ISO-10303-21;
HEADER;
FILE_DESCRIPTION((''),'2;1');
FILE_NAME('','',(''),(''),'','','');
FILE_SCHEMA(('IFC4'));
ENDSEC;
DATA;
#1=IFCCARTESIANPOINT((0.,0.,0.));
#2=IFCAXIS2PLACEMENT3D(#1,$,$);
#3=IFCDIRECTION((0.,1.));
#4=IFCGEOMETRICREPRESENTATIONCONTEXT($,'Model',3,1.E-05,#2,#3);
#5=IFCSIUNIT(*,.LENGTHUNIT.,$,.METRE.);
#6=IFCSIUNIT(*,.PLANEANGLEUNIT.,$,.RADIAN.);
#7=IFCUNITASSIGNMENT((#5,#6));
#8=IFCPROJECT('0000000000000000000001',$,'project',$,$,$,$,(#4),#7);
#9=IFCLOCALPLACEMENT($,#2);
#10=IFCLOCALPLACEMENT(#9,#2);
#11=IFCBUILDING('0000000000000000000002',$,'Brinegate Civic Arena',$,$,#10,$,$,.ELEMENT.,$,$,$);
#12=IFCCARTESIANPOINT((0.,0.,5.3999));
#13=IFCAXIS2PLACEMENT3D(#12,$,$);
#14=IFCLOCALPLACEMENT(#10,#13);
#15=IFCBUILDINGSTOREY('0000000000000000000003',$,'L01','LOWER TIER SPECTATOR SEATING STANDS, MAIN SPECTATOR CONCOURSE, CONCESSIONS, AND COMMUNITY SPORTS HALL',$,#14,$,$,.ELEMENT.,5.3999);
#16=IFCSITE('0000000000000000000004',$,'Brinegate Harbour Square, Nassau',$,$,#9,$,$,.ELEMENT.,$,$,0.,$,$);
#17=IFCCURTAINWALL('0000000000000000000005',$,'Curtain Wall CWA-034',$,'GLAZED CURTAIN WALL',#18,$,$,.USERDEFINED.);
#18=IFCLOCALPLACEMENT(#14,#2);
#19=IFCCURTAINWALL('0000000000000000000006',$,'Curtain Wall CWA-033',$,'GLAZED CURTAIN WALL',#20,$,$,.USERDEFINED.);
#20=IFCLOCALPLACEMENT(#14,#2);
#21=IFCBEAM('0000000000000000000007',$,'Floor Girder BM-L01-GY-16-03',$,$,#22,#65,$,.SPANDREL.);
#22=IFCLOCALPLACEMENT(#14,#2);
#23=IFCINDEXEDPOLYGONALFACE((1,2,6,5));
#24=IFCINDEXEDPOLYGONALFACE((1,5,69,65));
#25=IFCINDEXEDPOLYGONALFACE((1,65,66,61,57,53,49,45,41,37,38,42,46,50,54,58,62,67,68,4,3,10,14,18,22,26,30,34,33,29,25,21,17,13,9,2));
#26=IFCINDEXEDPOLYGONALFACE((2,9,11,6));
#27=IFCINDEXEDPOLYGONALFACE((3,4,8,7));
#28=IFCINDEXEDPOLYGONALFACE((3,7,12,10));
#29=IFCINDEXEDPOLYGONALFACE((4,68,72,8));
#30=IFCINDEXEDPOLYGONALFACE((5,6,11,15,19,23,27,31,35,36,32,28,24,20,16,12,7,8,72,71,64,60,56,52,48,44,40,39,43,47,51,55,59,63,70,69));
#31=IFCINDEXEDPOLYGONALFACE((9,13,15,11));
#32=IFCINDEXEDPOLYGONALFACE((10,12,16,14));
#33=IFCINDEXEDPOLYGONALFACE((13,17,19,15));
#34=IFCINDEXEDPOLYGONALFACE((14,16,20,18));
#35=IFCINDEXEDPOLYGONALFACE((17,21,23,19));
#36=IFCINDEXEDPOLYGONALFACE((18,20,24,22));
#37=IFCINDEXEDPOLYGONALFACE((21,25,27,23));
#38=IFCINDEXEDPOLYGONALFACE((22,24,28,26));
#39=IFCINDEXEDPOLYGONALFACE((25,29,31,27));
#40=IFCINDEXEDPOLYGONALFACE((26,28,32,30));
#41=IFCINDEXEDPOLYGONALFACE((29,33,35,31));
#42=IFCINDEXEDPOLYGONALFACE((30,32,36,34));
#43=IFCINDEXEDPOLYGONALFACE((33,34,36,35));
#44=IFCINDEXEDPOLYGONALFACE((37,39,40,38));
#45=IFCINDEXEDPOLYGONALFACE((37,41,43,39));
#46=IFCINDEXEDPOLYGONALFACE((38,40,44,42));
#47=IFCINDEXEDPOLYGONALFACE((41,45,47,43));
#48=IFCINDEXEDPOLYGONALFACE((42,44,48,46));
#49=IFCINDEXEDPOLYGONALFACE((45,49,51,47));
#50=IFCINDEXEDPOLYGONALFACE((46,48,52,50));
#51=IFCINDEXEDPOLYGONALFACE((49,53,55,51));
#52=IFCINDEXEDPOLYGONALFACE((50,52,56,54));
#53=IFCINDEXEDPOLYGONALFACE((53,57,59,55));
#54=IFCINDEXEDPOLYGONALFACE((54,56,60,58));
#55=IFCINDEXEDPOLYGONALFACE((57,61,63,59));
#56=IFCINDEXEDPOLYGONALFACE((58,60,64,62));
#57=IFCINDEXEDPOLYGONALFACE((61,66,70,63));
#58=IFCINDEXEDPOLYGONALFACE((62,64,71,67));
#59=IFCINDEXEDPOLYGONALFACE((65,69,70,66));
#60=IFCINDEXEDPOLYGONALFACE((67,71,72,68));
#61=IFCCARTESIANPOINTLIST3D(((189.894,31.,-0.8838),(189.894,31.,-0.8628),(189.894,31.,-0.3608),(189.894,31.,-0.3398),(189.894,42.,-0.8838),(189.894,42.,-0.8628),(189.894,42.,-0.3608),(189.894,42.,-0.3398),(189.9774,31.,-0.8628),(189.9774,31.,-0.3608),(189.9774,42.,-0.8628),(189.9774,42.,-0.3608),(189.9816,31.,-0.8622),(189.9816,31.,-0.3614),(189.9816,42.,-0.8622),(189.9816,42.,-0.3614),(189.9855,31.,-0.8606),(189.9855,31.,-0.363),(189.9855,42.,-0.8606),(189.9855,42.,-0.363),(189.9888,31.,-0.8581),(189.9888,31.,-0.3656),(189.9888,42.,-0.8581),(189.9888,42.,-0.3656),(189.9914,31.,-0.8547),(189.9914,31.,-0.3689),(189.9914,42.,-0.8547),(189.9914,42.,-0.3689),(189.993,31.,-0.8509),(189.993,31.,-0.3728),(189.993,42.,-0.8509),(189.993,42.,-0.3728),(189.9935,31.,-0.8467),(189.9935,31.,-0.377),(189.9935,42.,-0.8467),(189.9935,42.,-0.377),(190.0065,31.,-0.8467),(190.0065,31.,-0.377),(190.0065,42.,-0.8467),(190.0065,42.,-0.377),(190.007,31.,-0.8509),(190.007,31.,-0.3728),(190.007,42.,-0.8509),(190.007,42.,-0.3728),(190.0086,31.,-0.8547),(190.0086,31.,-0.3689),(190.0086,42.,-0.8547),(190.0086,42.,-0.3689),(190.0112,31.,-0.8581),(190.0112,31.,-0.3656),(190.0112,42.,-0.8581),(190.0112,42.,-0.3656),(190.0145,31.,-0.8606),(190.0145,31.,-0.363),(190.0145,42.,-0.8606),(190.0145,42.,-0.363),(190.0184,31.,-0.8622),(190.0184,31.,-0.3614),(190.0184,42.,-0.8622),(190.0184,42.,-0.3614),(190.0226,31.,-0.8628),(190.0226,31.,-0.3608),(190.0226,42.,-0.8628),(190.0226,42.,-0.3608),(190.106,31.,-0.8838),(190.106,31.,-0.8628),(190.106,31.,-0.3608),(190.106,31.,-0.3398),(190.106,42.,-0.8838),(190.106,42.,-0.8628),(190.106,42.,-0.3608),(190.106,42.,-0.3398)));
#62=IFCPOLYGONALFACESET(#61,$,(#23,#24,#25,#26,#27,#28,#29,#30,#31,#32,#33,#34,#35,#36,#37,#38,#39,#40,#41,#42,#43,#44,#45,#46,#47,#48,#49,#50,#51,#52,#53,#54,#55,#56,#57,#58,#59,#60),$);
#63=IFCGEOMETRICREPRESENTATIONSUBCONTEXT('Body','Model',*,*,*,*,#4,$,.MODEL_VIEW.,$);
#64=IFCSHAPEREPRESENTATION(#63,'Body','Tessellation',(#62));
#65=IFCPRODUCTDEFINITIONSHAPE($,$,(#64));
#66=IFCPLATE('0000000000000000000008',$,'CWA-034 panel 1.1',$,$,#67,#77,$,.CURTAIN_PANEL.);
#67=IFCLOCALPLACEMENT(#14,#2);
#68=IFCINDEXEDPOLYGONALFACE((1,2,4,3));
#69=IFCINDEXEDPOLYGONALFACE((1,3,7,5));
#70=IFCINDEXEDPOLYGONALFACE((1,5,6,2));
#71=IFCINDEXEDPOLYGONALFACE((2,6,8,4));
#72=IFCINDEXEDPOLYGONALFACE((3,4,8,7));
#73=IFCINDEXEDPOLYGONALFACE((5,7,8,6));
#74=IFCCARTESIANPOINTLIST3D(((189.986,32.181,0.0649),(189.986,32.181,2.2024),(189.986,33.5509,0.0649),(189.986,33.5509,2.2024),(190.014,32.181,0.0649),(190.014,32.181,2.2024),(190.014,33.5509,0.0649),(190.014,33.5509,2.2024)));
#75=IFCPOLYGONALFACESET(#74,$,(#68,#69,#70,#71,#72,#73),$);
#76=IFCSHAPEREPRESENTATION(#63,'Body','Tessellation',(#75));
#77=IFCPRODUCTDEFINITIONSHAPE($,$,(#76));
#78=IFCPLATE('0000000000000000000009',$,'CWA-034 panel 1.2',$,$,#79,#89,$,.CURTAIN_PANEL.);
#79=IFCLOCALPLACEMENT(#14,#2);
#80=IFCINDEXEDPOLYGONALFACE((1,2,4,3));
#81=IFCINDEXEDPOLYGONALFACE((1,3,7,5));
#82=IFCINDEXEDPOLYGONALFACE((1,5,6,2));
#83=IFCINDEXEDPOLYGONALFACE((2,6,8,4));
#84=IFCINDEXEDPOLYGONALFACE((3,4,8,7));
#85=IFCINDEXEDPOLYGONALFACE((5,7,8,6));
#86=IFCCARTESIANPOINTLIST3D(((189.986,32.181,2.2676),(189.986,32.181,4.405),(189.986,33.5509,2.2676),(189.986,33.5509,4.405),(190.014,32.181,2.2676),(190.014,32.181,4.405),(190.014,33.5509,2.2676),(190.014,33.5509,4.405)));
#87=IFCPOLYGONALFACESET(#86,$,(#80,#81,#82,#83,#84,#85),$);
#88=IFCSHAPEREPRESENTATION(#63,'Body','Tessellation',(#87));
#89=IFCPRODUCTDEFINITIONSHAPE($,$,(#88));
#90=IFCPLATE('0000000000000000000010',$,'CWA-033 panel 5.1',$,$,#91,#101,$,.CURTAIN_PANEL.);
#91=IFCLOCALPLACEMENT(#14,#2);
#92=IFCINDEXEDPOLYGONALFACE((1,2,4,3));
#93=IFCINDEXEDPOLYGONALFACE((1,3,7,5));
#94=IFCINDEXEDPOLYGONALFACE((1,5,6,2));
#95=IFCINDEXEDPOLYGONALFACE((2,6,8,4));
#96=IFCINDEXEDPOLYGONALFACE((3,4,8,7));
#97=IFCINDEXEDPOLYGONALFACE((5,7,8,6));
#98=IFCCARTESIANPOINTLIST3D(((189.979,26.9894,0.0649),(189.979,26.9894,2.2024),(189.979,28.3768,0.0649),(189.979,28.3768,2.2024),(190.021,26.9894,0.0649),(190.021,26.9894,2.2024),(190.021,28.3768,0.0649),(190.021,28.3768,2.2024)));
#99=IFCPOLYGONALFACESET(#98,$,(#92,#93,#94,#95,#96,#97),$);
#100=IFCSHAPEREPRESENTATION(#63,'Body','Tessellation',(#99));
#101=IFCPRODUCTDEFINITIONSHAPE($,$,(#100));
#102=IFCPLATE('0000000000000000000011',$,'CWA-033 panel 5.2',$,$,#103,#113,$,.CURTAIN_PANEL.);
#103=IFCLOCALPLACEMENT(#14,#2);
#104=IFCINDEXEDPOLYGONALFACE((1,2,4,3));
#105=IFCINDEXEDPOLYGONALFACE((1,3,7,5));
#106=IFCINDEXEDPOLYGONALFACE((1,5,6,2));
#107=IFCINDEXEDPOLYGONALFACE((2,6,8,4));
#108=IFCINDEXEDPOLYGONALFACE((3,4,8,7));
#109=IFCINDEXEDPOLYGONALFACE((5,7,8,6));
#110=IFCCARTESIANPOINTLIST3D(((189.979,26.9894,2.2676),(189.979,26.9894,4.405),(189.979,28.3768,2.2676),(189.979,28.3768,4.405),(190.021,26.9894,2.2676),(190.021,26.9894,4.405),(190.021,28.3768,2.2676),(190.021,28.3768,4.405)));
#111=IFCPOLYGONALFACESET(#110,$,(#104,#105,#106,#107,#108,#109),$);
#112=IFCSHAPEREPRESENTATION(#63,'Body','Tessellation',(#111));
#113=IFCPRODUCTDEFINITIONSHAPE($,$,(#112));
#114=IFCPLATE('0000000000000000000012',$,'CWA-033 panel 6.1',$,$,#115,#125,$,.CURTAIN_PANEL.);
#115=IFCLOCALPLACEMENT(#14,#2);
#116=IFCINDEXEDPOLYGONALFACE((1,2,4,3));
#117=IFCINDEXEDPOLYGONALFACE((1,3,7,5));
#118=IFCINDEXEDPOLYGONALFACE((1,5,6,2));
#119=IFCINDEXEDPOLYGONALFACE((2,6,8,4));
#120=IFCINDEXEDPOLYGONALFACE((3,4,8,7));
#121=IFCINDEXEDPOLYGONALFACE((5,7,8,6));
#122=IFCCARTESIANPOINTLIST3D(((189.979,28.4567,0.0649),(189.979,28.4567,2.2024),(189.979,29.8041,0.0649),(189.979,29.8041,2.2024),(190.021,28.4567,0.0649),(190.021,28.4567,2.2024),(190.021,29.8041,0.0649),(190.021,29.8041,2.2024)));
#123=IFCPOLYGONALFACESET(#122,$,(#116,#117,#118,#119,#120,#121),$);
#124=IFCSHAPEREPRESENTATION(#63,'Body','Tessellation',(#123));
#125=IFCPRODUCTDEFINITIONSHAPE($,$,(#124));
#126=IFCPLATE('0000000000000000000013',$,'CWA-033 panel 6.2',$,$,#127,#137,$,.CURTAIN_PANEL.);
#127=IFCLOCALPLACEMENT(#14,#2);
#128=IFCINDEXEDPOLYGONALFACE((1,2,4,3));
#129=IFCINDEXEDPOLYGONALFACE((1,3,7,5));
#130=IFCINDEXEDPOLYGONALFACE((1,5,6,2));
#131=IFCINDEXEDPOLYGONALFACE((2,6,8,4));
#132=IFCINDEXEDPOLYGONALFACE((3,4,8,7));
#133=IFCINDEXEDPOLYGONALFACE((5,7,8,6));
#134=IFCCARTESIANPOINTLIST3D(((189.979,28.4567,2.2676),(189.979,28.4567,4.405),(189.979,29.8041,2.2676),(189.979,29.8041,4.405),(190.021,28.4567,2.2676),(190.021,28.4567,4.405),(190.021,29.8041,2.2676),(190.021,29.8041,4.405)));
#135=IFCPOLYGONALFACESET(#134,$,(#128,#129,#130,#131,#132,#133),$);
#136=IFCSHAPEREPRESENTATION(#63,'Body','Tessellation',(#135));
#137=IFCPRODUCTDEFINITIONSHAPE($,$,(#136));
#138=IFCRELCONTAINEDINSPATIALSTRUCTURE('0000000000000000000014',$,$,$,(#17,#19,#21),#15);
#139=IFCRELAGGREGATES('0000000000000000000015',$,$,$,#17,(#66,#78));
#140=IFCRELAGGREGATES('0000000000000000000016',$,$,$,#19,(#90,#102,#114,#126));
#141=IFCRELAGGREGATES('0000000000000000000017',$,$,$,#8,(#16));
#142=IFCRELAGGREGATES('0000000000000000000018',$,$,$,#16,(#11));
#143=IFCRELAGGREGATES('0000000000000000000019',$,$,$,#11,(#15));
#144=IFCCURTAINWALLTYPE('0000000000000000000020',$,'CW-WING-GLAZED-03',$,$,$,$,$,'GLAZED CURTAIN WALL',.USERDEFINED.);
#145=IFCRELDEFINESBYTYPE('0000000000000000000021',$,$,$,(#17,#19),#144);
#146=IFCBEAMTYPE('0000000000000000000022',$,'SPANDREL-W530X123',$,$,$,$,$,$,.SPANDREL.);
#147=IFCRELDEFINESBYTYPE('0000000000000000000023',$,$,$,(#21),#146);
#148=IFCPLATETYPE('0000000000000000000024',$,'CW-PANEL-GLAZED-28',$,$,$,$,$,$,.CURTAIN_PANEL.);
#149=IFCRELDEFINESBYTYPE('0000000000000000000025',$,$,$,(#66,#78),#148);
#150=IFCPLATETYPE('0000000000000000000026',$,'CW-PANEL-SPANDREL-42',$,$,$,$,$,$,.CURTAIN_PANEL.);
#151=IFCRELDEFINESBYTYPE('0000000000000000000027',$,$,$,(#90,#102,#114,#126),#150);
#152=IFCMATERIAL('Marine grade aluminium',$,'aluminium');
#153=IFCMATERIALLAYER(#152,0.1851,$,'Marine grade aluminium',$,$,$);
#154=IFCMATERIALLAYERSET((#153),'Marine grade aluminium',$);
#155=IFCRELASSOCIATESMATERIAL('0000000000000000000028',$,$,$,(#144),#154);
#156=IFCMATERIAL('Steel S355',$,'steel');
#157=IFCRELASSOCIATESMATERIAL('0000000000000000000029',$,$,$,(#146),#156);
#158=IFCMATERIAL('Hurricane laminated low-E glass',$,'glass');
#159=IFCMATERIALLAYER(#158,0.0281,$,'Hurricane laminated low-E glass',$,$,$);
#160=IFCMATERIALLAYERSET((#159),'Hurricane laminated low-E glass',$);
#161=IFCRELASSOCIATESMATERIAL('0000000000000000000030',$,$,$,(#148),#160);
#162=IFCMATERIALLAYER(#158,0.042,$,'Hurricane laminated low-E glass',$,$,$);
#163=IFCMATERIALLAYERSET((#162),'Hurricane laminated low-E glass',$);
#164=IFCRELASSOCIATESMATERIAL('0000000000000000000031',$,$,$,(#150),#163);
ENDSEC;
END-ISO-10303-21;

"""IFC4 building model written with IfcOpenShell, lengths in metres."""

from ifc_helpers import new_model, si_unit, direction, frame, origin, origin_2d, place, context, subcontext, project, spatial, rectangle, i_section, extrude, material, layer, layer_set, material_profile, profile_set, type_object, element, aggregate, save


model = new_model("IFC4")

# Units and contexts
model_context = context("Model", 3, precision=1e-05, world=origin(), true_north=direction((0.0, 1.0)))
body_context = subcontext(model_context, "Body", "Model", "MODEL_VIEW")
ifc_project = project(units=[si_unit("LENGTHUNIT", "METRE"), si_unit("PLANEANGLEUNIT", "RADIAN")], contexts=[model_context])

# Site, building, storey
site_placement = place(None, origin())
site = spatial("IfcSite", under=ifc_project, at=site_placement, Name="Brinegate Harbour Square, Nassau", CompositionType="ELEMENT", RefElevation=0.0)
building_placement = place(site_placement, origin())
building = spatial("IfcBuilding", under=site, at=building_placement, Name="Brinegate Civic Arena", CompositionType="ELEMENT")
storey_placement = place(building_placement, frame((0.0, 0.0, 5.3999)))
storey = spatial("IfcBuildingStorey", under=building, at=storey_placement, Name="L01", Description="LOWER TIER SPECTATOR SEATING STANDS, MAIN SPECTATOR CONCOURSE, CONCESSIONS, AND COMMUNITY SPORTS HALL", CompositionType="ELEMENT", Elevation=5.3999)

# Shared definitions
ifc_material_1 = material(Name="Steel S355", Category="steel")

# Curtain wall
ifc_material_2 = material(Name="Marine grade aluminium", Category="aluminium")
ifc_layer_1 = layer(ifc_material_2, 0.1851, Name="Marine grade aluminium")
ifc_layer_set_1 = layer_set([ifc_layer_1], Name="Marine grade aluminium")
curtain_wall_type = type_object("IfcCurtainWallType", Name="CW-WING-GLAZED-03", ElementType="GLAZED CURTAIN WALL", PredefinedType="USERDEFINED", material=ifc_layer_set_1)
curtain_wall_1_placement = place(storey_placement, origin())
curtain_wall_1 = element("IfcCurtainWall", 1, at=curtain_wall_1_placement, inside=storey, type_object=curtain_wall_type, Name="Curtain Wall CWA-034", ObjectType="GLAZED CURTAIN WALL", PredefinedType="USERDEFINED")

# Curtain wall
curtain_wall_2_placement = place(storey_placement, origin())
curtain_wall_2 = element("IfcCurtainWall", 2, at=curtain_wall_2_placement, inside=storey, type_object=curtain_wall_type, Name="Curtain Wall CWA-033", ObjectType="GLAZED CURTAIN WALL", PredefinedType="USERDEFINED")

# Beam
ifc_material_profile_1 = material_profile(ifc_material_1, i_section(OverallWidth=0.2119, OverallDepth=0.5439, WebThickness=0.0129, FlangeThickness=0.021, FilletRadius=0.0161, at=origin_2d()), Name="W530X123")
ifc_profile_set_1 = profile_set([ifc_material_profile_1], Name="Steel S355")
beam_type_1 = type_object("IfcBeamType", Name="SPANDREL-W530X123", PredefinedType="SPANDREL", material=ifc_profile_set_1)
beam_1_placement = place(storey_placement, frame((190.0, 31.0, -0.6118), z_axis=(0.0, 1.0, 0.0), x_axis=(-1.0, 0.0, 0.0)))
element("IfcBeam", 3, at=beam_1_placement, inside=storey, type_object=beam_type_1, Name="Floor Girder BM-L01-GY-16-03", PredefinedType="SPANDREL", context=body_context, shape_type="SweptSolid", body=[
    extrude(i_section(OverallWidth=0.2119, OverallDepth=0.5439, WebThickness=0.0129, FlangeThickness=0.021, FilletRadius=0.0161, at=origin_2d()), origin(), (0.0, 0.0, 1.0), 11.0),
])

# Plates
ifc_material_3 = material(Name="Hurricane laminated low-E glass", Category="glass")
ifc_layer_2 = layer(ifc_material_3, 0.0281, Name="Hurricane laminated low-E glass")
ifc_layer_set_2 = layer_set([ifc_layer_2], Name="Hurricane laminated low-E glass")
plate_type_1 = type_object("IfcPlateType", Name="CW-PANEL-GLAZED-28", PredefinedType="CURTAIN_PANEL", material=ifc_layer_set_2)
plate_1_placement = place(storey_placement, frame((190.0, 32.866, 0.0649), z_axis=(0.0, 0.0, 1.0), x_axis=(0.0, 1.0, 0.0)))
plate_1 = element("IfcPlate", 4, at=plate_1_placement, type_object=plate_type_1, Name="CWA-034 panel 1.1", PredefinedType="CURTAIN_PANEL", context=body_context, shape_type="SweptSolid", body=[
    extrude(rectangle(XDim=1.3699, YDim=0.0281, at=origin_2d()), origin(), (0.0, 0.0, 1.0), 2.1375),
])
plate_2_placement = place(storey_placement, frame((190.0, 32.866, 2.2676), z_axis=(0.0, 0.0, 1.0), x_axis=(0.0, 1.0, 0.0)))
plate_2 = element("IfcPlate", 5, at=plate_2_placement, type_object=plate_type_1, Name="CWA-034 panel 1.2", PredefinedType="CURTAIN_PANEL", context=body_context, shape_type="SweptSolid", body=[
    extrude(rectangle(XDim=1.3699, YDim=0.0281, at=origin_2d()), origin(), (0.0, 0.0, 1.0), 2.1375),
])
aggregate(curtain_wall_1, [plate_1, plate_2])
ifc_layer_3 = layer(ifc_material_3, 0.042, Name="Hurricane laminated low-E glass")
ifc_layer_set_3 = layer_set([ifc_layer_3], Name="Hurricane laminated low-E glass")
plate_type_2 = type_object("IfcPlateType", Name="CW-PANEL-SPANDREL-42", PredefinedType="CURTAIN_PANEL", material=ifc_layer_set_3)
plate_3_placement = place(storey_placement, frame((190.0, 27.6831, 0.0649), z_axis=(0.0, 0.0, 1.0), x_axis=(0.0, 1.0, 0.0)))
plate_3 = element("IfcPlate", 6, at=plate_3_placement, type_object=plate_type_2, Name="CWA-033 panel 5.1", PredefinedType="CURTAIN_PANEL", context=body_context, shape_type="SweptSolid", body=[
    extrude(rectangle(XDim=1.3875, YDim=0.042, at=origin_2d()), origin(), (0.0, 0.0, 1.0), 2.1375),
])
plate_4_placement = place(storey_placement, frame((190.0, 27.6831, 2.2676), z_axis=(0.0, 0.0, 1.0), x_axis=(0.0, 1.0, 0.0)))
plate_4 = element("IfcPlate", 7, at=plate_4_placement, type_object=plate_type_2, Name="CWA-033 panel 5.2", PredefinedType="CURTAIN_PANEL", context=body_context, shape_type="SweptSolid", body=[
    extrude(rectangle(XDim=1.3875, YDim=0.042, at=origin_2d()), origin(), (0.0, 0.0, 1.0), 2.1375),
])
plate_5_placement = place(storey_placement, frame((190.0, 29.1304, 0.0649), z_axis=(0.0, 0.0, 1.0), x_axis=(0.0, 1.0, 0.0)))
plate_5 = element("IfcPlate", 8, at=plate_5_placement, type_object=plate_type_2, Name="CWA-033 panel 6.1", PredefinedType="CURTAIN_PANEL", context=body_context, shape_type="SweptSolid", body=[
    extrude(rectangle(XDim=1.3474, YDim=0.042, at=origin_2d()), origin(), (0.0, 0.0, 1.0), 2.1375),
])
plate_6_placement = place(storey_placement, frame((190.0, 29.1304, 2.2676), z_axis=(0.0, 0.0, 1.0), x_axis=(0.0, 1.0, 0.0)))
plate_6 = element("IfcPlate", 9, at=plate_6_placement, type_object=plate_type_2, Name="CWA-033 panel 6.2", PredefinedType="CURTAIN_PANEL", context=body_context, shape_type="SweptSolid", body=[
    extrude(rectangle(XDim=1.3474, YDim=0.042, at=origin_2d()), origin(), (0.0, 0.0, 1.0), 2.1375),
])
aggregate(curtain_wall_2, [plate_3, plate_4, plate_5, plate_6])

save(model, "model.ifc")
